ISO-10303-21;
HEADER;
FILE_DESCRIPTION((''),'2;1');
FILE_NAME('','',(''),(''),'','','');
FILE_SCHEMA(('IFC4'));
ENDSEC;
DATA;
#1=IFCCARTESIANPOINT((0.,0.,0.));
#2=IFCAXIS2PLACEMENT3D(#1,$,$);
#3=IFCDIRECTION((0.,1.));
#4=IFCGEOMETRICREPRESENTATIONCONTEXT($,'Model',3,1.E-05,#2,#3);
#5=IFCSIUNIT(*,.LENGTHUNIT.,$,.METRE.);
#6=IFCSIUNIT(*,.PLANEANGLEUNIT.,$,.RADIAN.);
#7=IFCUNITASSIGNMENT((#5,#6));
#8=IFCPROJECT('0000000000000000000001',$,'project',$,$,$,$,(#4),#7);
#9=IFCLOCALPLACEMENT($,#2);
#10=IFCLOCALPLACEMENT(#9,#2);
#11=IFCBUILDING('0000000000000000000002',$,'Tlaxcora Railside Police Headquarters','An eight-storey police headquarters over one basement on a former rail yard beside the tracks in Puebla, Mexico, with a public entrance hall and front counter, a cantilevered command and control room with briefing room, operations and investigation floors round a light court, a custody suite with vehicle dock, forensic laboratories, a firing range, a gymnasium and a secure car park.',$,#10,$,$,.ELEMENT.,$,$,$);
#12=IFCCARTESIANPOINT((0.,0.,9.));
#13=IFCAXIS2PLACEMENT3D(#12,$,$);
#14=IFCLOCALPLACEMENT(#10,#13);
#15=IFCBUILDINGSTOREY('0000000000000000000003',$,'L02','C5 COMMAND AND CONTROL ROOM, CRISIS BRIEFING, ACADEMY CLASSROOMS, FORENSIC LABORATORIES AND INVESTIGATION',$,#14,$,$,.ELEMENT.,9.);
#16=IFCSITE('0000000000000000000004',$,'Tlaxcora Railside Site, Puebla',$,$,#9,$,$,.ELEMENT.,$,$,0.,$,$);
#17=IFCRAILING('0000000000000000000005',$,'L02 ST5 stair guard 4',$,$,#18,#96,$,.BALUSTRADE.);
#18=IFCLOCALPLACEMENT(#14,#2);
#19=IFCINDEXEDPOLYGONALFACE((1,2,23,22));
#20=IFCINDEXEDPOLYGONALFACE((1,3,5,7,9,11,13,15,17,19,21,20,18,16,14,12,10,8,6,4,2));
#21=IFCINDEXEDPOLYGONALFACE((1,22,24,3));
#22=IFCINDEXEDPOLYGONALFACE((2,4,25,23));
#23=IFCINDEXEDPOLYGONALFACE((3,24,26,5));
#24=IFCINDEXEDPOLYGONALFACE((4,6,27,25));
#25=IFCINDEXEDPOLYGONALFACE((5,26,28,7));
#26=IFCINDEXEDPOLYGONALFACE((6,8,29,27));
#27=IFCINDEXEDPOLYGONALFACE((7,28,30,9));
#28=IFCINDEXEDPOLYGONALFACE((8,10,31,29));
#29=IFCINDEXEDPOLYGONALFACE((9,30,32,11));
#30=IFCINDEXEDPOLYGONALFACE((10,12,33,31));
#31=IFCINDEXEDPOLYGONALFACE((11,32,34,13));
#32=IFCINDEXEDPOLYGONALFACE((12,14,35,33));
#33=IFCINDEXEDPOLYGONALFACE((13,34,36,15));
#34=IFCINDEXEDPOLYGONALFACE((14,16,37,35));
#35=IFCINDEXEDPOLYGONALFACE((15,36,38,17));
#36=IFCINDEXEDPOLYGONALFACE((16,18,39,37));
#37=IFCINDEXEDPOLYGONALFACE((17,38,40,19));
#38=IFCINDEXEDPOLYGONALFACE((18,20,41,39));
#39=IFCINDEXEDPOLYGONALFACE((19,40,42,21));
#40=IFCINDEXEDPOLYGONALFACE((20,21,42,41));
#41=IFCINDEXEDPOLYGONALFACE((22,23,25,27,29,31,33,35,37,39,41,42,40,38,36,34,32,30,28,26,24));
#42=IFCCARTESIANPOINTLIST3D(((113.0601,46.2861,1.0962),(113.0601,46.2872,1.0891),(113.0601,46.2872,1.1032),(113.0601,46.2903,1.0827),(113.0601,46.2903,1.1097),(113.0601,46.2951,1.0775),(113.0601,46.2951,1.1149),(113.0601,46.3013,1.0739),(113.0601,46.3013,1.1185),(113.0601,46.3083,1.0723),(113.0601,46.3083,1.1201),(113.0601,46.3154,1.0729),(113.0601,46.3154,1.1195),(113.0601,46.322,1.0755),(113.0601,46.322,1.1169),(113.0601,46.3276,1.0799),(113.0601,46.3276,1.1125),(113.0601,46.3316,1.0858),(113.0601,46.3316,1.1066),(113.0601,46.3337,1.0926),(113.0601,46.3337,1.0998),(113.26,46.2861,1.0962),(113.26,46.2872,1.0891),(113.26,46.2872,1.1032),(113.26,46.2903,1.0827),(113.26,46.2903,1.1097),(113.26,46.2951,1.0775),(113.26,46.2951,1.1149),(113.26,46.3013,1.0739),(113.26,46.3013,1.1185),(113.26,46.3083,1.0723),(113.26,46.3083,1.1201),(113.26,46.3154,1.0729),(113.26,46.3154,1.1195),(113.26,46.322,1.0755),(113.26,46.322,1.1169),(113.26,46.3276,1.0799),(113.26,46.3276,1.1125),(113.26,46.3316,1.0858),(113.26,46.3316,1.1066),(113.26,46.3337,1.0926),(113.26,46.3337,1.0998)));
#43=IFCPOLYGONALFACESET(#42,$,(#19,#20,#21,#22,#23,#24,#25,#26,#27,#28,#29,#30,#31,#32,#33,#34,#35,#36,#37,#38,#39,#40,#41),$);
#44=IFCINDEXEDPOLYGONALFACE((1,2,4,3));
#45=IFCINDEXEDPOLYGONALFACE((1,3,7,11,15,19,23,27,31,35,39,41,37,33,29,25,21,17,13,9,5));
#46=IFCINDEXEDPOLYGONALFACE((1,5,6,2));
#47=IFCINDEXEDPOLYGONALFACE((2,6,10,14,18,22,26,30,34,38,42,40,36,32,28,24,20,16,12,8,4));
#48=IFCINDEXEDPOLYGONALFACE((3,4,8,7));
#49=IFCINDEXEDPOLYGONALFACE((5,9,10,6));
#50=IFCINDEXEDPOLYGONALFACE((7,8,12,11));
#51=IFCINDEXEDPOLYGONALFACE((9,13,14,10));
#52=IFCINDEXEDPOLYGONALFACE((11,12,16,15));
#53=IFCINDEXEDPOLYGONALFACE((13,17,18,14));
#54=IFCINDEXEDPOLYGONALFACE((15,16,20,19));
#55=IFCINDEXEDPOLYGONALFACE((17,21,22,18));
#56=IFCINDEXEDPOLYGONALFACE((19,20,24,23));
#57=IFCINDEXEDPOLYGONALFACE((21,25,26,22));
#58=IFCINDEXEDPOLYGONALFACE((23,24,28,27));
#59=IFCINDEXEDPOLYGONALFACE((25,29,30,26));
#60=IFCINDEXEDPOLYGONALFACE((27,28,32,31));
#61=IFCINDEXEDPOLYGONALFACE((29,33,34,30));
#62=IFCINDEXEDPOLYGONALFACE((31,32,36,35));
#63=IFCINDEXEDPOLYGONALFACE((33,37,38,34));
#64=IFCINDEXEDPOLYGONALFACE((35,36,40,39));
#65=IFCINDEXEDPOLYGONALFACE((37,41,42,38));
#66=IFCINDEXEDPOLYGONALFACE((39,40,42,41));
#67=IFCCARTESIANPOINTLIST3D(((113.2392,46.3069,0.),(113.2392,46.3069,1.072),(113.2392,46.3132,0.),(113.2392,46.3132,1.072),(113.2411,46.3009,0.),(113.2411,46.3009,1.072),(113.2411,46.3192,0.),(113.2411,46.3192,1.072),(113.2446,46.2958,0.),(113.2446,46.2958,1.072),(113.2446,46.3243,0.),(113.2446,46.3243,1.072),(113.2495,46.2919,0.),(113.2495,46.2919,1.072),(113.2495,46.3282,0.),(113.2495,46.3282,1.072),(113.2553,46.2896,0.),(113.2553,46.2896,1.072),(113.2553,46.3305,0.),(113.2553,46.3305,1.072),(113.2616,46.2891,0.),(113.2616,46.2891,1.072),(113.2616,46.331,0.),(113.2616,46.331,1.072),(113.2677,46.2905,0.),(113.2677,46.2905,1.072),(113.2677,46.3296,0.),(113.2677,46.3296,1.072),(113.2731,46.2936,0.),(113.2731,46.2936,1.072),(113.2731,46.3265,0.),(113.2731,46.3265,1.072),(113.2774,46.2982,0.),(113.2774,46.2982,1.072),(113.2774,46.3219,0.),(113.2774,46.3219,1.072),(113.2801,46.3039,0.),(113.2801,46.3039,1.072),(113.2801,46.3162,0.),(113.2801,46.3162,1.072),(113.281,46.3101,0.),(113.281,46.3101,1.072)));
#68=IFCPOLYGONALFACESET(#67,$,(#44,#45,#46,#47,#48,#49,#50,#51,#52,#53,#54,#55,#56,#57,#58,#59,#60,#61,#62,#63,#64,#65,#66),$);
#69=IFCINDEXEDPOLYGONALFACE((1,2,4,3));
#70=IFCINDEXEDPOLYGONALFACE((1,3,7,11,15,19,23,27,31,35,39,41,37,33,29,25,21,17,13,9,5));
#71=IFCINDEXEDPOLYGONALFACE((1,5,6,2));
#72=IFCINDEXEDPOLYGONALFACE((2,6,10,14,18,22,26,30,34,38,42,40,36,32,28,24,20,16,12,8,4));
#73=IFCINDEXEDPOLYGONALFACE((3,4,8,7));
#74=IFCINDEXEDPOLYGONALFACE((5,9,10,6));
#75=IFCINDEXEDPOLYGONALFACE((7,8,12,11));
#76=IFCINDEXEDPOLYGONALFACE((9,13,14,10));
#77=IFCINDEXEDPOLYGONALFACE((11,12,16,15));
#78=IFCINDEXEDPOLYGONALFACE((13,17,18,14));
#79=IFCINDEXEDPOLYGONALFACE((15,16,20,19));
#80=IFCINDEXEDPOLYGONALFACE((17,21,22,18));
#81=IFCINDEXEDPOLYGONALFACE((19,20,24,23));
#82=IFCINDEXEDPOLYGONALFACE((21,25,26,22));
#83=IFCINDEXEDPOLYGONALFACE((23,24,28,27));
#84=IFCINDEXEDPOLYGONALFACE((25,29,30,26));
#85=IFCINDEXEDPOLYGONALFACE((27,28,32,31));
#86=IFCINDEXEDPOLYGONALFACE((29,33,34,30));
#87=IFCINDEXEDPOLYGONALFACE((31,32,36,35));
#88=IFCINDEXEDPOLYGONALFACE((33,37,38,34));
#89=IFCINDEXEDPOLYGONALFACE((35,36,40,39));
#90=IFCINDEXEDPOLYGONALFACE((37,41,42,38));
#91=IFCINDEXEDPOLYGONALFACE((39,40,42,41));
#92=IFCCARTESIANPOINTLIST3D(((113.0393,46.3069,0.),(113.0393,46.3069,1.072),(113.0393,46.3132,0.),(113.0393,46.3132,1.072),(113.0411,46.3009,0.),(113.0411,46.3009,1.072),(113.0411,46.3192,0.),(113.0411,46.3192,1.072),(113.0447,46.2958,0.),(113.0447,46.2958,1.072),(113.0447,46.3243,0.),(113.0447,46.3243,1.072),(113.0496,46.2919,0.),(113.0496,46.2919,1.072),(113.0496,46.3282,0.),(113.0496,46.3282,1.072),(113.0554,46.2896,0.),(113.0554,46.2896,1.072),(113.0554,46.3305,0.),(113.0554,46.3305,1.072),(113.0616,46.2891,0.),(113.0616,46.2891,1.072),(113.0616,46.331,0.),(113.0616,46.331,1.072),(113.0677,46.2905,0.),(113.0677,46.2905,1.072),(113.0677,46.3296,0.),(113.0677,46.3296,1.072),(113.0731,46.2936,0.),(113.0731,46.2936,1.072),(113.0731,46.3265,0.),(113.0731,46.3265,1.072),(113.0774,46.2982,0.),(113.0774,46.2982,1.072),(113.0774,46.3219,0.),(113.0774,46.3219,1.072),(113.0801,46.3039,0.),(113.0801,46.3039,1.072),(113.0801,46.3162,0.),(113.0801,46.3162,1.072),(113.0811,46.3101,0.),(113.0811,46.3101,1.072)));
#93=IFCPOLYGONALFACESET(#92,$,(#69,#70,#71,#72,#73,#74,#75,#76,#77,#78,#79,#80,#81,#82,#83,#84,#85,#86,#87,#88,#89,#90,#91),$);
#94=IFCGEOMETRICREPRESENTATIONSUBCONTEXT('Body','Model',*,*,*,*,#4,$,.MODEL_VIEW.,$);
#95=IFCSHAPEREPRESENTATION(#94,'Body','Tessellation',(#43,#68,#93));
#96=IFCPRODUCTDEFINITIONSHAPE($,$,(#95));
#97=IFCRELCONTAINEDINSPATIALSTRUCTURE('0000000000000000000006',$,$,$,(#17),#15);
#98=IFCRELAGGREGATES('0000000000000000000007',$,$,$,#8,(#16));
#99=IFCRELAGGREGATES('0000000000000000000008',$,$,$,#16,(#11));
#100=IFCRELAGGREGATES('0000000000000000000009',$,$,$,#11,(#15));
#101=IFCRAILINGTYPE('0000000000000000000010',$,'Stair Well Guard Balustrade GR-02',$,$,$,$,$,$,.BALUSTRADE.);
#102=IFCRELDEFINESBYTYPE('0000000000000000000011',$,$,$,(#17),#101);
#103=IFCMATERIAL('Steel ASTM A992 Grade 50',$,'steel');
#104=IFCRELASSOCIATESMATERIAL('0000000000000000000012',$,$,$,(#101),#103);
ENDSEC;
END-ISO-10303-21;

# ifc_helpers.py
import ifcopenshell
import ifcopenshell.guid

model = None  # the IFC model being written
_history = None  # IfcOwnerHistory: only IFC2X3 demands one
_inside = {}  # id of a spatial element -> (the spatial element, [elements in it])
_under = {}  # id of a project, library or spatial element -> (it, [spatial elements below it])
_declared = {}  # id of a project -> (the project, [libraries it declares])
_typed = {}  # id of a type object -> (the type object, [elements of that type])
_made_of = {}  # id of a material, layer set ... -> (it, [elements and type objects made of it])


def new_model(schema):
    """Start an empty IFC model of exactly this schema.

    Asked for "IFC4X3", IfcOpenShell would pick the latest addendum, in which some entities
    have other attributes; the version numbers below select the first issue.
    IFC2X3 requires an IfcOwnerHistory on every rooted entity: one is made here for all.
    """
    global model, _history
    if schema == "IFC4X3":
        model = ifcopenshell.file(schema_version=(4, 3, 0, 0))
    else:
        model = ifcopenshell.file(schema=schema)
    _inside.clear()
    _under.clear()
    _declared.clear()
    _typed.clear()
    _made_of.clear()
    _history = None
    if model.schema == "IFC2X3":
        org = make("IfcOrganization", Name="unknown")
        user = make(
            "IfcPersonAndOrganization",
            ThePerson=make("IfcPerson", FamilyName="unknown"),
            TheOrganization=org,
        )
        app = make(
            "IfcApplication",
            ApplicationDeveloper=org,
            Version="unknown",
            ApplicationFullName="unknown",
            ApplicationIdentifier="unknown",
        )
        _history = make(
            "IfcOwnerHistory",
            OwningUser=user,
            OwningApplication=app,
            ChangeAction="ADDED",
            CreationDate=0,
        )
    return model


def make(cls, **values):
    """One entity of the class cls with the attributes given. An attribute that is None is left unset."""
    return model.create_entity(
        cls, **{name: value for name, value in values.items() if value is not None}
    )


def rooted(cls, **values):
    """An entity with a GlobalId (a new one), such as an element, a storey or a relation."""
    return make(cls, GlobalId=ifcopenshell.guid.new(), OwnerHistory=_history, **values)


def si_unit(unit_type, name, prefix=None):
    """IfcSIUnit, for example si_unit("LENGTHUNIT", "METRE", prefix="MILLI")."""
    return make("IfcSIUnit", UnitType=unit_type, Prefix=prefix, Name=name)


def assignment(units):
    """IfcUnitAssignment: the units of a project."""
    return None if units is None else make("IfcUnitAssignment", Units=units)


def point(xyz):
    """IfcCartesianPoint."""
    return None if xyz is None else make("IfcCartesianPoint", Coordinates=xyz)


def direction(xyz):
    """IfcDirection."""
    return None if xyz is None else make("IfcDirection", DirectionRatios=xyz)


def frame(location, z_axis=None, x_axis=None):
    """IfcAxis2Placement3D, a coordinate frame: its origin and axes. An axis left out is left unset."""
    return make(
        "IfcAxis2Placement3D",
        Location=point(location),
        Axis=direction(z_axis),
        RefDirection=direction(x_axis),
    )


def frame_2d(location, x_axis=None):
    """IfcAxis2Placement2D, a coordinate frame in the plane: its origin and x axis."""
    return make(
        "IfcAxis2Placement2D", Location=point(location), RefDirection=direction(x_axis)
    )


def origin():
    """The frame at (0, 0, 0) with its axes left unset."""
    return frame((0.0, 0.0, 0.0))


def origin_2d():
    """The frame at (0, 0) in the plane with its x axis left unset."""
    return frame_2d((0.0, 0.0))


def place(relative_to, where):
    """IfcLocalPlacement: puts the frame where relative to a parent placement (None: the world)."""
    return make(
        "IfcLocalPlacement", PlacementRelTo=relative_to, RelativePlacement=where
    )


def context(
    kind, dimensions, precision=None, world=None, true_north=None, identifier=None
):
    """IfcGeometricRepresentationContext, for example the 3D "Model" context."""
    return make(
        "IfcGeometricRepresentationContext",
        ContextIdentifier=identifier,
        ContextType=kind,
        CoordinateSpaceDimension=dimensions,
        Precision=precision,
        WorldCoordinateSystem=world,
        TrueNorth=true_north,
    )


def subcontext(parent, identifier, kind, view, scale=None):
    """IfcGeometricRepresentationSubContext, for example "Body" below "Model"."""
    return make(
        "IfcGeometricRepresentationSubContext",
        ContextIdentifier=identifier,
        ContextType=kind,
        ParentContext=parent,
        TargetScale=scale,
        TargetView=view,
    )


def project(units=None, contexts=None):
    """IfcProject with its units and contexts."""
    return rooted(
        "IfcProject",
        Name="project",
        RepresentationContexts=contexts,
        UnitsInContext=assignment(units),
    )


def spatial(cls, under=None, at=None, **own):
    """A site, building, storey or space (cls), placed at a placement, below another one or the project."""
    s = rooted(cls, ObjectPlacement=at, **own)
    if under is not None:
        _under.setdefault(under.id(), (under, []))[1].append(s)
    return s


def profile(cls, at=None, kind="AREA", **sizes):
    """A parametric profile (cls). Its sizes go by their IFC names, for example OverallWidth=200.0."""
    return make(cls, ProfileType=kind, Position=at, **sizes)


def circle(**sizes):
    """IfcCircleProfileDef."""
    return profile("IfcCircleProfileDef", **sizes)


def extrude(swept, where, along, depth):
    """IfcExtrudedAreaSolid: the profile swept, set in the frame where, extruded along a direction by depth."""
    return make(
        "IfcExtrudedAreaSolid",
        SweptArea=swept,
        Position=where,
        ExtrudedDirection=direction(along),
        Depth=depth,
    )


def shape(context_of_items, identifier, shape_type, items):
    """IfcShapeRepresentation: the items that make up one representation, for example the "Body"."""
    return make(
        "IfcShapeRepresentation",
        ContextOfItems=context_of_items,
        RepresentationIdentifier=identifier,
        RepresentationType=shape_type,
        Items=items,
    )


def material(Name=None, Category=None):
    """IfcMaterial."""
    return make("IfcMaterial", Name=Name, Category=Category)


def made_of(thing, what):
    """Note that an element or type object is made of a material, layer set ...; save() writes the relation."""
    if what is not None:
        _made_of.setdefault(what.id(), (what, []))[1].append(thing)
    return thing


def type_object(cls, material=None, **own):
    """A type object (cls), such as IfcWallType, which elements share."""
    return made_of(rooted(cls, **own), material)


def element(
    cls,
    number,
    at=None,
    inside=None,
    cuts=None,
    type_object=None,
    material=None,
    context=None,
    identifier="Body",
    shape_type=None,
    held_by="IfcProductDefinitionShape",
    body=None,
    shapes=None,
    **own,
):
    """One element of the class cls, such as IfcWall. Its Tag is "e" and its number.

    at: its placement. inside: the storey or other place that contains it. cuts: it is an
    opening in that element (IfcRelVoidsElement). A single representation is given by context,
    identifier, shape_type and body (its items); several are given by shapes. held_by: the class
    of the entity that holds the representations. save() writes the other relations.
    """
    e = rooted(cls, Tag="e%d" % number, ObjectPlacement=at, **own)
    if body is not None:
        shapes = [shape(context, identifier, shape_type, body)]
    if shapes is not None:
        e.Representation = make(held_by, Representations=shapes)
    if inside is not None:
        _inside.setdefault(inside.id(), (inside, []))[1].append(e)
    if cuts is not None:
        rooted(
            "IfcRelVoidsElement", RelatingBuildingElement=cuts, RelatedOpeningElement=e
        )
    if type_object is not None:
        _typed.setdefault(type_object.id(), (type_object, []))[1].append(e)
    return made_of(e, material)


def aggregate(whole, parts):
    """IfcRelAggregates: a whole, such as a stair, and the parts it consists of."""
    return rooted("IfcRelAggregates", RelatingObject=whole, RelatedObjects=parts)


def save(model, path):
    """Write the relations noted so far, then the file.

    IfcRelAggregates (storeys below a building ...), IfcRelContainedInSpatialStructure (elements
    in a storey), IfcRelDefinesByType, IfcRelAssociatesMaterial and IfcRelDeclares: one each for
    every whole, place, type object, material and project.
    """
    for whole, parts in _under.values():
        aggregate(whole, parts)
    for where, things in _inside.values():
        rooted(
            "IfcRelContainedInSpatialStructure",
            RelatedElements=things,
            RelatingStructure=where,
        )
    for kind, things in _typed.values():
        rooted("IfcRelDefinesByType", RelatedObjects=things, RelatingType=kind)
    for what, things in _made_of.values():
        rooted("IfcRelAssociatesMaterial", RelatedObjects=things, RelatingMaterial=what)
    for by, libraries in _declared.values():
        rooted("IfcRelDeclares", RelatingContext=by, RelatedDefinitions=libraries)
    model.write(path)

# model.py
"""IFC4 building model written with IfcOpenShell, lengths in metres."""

from ifc_helpers import new_model, si_unit, direction, frame, origin, origin_2d, place, context, subcontext, project, spatial, circle, extrude, material, type_object, element, save


model = new_model("IFC4")

# Units and contexts
model_context = context("Model", 3, precision=1e-05, world=origin(), true_north=direction((0.0, 1.0)))
body_context = subcontext(model_context, "Body", "Model", "MODEL_VIEW")
ifc_project = project(units=[si_unit("LENGTHUNIT", "METRE"), si_unit("PLANEANGLEUNIT", "RADIAN")], contexts=[model_context])

# Site, building, storey
site_placement = place(None, origin())
site = spatial("IfcSite", under=ifc_project, at=site_placement, Name="Tlaxcora Railside Site, Puebla", CompositionType="ELEMENT", RefElevation=0.0)
building_placement = place(site_placement, origin())
building = spatial("IfcBuilding", under=site, at=building_placement, Name="Tlaxcora Railside Police Headquarters", Description="An eight-storey police headquarters over one basement on a former rail yard beside the tracks in Puebla, Mexico, with a public entrance hall and front counter, a cantilevered command and control room with briefing room, operations and investigation floors round a light court, a custody suite with vehicle dock, forensic laboratories, a firing range, a gymnasium and a secure car park.", CompositionType="ELEMENT")
storey_placement = place(building_placement, frame((0.0, 0.0, 9.0)))
storey = spatial("IfcBuildingStorey", under=building, at=storey_placement, Name="L02", Description="C5 COMMAND AND CONTROL ROOM, CRISIS BRIEFING, ACADEMY CLASSROOMS, FORENSIC LABORATORIES AND INVESTIGATION", CompositionType="ELEMENT", Elevation=9.0)

# Shared definitions
ifc_material_1 = material(Name="Steel ASTM A992 Grade 50", Category="steel")

# Railing
railing_type_1 = type_object("IfcRailingType", Name="Stair Well Guard Balustrade GR-02", PredefinedType="BALUSTRADE", material=ifc_material_1)
railing_1_placement = place(storey_placement, frame((113.26, 46.3101, 0.0)))
element("IfcRailing", 1, at=railing_1_placement, inside=storey, type_object=railing_type_1, Name="L02 ST5 stair guard 4", PredefinedType="BALUSTRADE", context=body_context, shape_type="SweptSolid", body=[
    extrude(circle(Radius=0.0239, at=origin_2d()), frame((0.0, 0.0, 1.0962), z_axis=(-1.0, 0.0, 0.0), x_axis=(0.0, -1.0, 0.0)), (0.0, 0.0, 1.0), 0.2),
    extrude(circle(Radius=0.021, at=origin_2d()), origin(), (0.0, 0.0, 1.0), 1.072),
    extrude(circle(Radius=0.021, at=origin_2d()), frame((-0.2, 0.0, 0.0)), (0.0, 0.0, 1.0), 1.072),
])

save(model, "model.ifc")
